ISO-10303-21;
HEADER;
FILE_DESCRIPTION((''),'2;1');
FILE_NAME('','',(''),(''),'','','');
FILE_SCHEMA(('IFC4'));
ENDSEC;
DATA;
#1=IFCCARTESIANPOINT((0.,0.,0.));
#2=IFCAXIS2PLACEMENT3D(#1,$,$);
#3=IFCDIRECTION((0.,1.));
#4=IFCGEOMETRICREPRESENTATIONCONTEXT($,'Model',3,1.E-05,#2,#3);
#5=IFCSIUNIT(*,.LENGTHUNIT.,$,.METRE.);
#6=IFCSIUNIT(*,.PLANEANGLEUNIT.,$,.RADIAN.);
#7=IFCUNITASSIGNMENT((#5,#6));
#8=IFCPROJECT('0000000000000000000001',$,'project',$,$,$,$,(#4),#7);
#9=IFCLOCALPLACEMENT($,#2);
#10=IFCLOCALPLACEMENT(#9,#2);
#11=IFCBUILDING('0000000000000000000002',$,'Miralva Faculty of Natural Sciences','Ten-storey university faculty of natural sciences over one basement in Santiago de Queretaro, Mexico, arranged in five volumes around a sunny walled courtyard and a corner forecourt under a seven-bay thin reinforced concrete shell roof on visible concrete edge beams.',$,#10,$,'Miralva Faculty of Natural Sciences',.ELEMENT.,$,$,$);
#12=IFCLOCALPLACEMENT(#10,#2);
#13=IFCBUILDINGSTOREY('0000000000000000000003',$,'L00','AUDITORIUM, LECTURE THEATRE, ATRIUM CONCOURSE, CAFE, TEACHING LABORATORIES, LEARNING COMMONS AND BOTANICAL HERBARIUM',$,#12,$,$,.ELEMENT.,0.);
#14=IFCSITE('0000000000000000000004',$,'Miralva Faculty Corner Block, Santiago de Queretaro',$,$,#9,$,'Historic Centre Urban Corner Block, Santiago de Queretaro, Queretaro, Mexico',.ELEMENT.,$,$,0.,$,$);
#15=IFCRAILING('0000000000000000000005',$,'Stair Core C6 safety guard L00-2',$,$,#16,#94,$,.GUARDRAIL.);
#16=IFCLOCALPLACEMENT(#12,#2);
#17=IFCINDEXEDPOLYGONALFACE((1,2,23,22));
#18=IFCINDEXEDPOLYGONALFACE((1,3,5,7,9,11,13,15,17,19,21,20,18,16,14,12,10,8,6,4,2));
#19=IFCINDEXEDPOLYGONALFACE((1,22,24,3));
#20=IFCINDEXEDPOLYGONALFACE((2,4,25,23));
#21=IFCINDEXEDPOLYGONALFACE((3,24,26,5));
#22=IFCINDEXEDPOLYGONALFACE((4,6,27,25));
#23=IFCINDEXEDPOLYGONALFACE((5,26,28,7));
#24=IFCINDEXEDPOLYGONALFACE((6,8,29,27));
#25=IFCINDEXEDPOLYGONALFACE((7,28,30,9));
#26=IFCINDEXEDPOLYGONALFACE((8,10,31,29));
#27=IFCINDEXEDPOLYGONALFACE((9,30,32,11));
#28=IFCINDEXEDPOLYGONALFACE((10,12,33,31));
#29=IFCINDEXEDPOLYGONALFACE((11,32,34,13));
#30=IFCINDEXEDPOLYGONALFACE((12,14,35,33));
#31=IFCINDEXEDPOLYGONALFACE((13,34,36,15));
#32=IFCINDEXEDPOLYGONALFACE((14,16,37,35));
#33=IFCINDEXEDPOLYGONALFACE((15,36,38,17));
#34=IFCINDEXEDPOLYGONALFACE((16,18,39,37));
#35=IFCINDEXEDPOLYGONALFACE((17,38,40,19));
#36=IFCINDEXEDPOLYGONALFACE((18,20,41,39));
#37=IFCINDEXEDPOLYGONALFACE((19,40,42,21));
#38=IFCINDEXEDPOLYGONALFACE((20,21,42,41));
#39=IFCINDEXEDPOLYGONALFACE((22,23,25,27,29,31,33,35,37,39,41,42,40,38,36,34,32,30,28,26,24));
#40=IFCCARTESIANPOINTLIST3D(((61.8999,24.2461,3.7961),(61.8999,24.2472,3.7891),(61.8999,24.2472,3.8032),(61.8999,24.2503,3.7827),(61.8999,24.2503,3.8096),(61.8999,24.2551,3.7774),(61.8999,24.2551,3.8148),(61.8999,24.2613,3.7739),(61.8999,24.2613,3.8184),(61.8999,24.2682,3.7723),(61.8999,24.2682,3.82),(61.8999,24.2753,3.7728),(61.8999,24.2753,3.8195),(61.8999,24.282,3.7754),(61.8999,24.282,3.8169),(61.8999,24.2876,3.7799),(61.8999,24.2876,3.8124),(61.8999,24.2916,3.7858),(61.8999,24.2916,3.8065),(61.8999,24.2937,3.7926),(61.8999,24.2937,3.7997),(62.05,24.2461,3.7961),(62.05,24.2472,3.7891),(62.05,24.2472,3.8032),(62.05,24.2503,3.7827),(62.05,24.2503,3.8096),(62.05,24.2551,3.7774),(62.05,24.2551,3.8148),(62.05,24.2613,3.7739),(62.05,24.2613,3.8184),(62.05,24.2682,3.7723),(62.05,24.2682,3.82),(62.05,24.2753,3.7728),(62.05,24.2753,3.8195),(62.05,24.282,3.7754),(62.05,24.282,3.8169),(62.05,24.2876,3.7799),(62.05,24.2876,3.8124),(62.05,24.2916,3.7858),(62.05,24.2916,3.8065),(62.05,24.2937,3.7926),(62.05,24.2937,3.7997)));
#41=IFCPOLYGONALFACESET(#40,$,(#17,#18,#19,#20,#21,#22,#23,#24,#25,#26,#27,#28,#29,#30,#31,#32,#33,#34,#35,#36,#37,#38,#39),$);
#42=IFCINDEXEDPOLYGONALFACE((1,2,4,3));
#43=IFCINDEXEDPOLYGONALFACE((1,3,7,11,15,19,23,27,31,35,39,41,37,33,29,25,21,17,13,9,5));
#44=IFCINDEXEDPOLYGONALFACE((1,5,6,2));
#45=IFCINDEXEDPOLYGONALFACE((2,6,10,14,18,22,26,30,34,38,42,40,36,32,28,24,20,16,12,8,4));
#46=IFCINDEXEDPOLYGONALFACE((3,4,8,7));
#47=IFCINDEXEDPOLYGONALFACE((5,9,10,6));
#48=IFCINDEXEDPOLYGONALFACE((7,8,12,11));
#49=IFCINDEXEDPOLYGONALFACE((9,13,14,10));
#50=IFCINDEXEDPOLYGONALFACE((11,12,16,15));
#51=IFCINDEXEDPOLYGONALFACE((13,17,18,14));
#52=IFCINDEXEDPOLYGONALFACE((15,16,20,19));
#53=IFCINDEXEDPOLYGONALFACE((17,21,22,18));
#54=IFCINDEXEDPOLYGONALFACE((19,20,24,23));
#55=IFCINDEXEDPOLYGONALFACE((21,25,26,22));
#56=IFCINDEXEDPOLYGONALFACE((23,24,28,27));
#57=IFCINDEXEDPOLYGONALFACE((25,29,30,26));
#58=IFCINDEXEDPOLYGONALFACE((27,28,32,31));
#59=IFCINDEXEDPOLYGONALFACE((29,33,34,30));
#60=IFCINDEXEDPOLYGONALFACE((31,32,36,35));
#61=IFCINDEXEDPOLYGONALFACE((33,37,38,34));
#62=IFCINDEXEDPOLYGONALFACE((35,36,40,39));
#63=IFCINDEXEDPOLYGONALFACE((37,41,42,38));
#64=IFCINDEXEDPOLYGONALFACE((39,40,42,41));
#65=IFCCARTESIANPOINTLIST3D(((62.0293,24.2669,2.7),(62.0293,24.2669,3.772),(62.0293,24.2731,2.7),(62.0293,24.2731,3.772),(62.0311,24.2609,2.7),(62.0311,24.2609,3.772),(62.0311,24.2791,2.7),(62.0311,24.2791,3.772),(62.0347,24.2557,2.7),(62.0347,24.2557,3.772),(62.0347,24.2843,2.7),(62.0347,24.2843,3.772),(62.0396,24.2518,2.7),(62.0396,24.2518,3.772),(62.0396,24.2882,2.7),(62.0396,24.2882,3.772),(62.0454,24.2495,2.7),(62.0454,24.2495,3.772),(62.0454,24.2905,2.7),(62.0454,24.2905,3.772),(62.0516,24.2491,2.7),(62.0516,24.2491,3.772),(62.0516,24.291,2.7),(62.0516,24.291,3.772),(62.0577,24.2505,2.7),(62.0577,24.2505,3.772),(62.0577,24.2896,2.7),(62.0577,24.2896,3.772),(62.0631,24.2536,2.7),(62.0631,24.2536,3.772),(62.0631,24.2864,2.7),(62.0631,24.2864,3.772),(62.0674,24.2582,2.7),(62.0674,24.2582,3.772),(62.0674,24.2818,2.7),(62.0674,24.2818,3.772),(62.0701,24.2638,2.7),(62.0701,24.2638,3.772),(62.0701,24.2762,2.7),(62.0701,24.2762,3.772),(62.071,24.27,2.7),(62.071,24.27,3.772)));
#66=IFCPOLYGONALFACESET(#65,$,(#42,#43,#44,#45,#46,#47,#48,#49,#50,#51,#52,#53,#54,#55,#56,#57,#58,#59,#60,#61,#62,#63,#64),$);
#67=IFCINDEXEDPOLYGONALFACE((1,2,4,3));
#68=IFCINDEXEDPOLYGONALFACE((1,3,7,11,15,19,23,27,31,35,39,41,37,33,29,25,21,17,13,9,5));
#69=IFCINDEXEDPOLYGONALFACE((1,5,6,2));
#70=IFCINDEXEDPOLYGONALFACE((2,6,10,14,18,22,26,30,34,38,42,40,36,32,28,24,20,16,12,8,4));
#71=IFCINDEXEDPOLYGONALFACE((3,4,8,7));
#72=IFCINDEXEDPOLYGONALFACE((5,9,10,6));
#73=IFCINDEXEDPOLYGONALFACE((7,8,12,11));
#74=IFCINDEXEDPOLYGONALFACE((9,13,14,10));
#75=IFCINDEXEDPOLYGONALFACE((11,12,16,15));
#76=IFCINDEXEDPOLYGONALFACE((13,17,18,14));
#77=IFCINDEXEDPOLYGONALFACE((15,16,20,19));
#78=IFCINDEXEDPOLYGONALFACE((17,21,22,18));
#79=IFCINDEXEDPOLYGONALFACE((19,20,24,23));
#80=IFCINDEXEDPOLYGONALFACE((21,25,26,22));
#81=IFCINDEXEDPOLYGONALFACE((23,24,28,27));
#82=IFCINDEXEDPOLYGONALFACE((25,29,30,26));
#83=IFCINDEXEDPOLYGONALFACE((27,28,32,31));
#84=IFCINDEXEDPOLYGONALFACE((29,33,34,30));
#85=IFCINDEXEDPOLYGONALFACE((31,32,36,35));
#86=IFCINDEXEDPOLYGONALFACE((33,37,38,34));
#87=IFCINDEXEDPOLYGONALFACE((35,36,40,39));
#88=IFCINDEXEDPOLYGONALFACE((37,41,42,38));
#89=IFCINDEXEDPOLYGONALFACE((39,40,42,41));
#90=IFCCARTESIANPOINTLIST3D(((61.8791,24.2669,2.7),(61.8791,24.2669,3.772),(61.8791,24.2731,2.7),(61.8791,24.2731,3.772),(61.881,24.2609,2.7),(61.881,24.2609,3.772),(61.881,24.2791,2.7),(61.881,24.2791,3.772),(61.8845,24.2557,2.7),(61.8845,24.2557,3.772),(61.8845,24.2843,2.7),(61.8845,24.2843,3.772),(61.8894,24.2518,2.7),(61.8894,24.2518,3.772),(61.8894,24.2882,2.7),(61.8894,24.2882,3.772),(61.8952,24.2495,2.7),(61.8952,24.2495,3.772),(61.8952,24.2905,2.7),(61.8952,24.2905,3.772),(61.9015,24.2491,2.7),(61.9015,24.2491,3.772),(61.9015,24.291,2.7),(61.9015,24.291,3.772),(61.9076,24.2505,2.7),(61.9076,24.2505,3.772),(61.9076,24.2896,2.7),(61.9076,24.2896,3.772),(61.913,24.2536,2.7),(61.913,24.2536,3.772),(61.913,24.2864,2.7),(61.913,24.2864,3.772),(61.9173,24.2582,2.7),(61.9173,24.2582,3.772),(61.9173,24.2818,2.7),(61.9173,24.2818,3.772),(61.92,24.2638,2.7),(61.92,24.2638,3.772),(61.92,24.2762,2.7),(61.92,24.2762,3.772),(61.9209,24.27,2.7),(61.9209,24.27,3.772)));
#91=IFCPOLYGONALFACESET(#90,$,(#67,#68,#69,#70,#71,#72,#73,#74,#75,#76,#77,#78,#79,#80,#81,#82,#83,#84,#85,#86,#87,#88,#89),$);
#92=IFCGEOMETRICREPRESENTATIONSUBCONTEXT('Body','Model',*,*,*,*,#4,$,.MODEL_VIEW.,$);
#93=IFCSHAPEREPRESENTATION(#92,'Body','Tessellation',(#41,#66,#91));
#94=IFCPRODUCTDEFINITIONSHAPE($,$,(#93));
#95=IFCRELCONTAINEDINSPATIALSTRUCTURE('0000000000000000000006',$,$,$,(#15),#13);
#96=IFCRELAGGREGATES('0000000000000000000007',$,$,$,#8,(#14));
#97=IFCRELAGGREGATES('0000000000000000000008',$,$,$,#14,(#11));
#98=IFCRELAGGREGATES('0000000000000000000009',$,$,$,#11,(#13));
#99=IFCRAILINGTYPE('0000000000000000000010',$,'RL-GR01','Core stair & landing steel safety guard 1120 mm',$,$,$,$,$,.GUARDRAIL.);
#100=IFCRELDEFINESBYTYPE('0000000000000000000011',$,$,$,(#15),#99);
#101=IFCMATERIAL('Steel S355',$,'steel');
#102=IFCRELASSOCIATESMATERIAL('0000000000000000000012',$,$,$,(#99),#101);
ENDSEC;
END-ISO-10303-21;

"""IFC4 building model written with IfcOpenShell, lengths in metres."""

from ifc_helpers import new_model, si_unit, direction, frame, origin, origin_2d, place, context, subcontext, project, spatial, circle, extrude, material, type_object, element, save


model = new_model("IFC4")

# Units and contexts
model_context = context("Model", 3, precision=1e-05, world=origin(), true_north=direction((0.0, 1.0)))
body_context = subcontext(model_context, "Body", "Model", "MODEL_VIEW")
ifc_project = project(units=[si_unit("LENGTHUNIT", "METRE"), si_unit("PLANEANGLEUNIT", "RADIAN")], contexts=[model_context])

# Site, building, storey
site_placement = place(None, origin())
site = spatial("IfcSite", under=ifc_project, at=site_placement, Name="Miralva Faculty Corner Block, Santiago de Queretaro", LongName="Historic Centre Urban Corner Block, Santiago de Queretaro, Queretaro, Mexico", CompositionType="ELEMENT", RefElevation=0.0)
building_placement = place(site_placement, origin())
building = spatial("IfcBuilding", under=site, at=building_placement, Name="Miralva Faculty of Natural Sciences", Description="Ten-storey university faculty of natural sciences over one basement in Santiago de Queretaro, Mexico, arranged in five volumes around a sunny walled courtyard and a corner forecourt under a seven-bay thin reinforced concrete shell roof on visible concrete edge beams.", LongName="Miralva Faculty of Natural Sciences", CompositionType="ELEMENT")
storey_placement = place(building_placement, origin())
storey = spatial("IfcBuildingStorey", under=building, at=storey_placement, Name="L00", Description="AUDITORIUM, LECTURE THEATRE, ATRIUM CONCOURSE, CAFE, TEACHING LABORATORIES, LEARNING COMMONS AND BOTANICAL HERBARIUM", CompositionType="ELEMENT", Elevation=0.0)

# Railing
ifc_material_1 = material(Name="Steel S355", Category="steel")
railing_type_1 = type_object("IfcRailingType", Name="RL-GR01", Description="Core stair & landing steel safety guard 1120 mm", PredefinedType="GUARDRAIL", material=ifc_material_1)
railing_1_placement = place(storey_placement, frame((62.05, 24.27, 2.7)))
element("IfcRailing", 1, at=railing_1_placement, inside=storey, type_object=railing_type_1, Name="Stair Core C6 safety guard L00-2", PredefinedType="GUARDRAIL", context=body_context, shape_type="SweptSolid", body=[
    extrude(circle(Radius=0.0239, at=origin_2d()), frame((0.0, 0.0, 1.0962), z_axis=(-1.0, 0.0, 0.0), x_axis=(0.0, -1.0, 0.0)), (0.0, 0.0, 1.0), 0.1501),
    extrude(circle(Radius=0.021, at=origin_2d()), origin(), (0.0, 0.0, 1.0), 1.072),
    extrude(circle(Radius=0.021, at=origin_2d()), frame((-0.1501, 0.0, 0.0)), (0.0, 0.0, 1.0), 1.072),
])

save(model, "model.ifc")
